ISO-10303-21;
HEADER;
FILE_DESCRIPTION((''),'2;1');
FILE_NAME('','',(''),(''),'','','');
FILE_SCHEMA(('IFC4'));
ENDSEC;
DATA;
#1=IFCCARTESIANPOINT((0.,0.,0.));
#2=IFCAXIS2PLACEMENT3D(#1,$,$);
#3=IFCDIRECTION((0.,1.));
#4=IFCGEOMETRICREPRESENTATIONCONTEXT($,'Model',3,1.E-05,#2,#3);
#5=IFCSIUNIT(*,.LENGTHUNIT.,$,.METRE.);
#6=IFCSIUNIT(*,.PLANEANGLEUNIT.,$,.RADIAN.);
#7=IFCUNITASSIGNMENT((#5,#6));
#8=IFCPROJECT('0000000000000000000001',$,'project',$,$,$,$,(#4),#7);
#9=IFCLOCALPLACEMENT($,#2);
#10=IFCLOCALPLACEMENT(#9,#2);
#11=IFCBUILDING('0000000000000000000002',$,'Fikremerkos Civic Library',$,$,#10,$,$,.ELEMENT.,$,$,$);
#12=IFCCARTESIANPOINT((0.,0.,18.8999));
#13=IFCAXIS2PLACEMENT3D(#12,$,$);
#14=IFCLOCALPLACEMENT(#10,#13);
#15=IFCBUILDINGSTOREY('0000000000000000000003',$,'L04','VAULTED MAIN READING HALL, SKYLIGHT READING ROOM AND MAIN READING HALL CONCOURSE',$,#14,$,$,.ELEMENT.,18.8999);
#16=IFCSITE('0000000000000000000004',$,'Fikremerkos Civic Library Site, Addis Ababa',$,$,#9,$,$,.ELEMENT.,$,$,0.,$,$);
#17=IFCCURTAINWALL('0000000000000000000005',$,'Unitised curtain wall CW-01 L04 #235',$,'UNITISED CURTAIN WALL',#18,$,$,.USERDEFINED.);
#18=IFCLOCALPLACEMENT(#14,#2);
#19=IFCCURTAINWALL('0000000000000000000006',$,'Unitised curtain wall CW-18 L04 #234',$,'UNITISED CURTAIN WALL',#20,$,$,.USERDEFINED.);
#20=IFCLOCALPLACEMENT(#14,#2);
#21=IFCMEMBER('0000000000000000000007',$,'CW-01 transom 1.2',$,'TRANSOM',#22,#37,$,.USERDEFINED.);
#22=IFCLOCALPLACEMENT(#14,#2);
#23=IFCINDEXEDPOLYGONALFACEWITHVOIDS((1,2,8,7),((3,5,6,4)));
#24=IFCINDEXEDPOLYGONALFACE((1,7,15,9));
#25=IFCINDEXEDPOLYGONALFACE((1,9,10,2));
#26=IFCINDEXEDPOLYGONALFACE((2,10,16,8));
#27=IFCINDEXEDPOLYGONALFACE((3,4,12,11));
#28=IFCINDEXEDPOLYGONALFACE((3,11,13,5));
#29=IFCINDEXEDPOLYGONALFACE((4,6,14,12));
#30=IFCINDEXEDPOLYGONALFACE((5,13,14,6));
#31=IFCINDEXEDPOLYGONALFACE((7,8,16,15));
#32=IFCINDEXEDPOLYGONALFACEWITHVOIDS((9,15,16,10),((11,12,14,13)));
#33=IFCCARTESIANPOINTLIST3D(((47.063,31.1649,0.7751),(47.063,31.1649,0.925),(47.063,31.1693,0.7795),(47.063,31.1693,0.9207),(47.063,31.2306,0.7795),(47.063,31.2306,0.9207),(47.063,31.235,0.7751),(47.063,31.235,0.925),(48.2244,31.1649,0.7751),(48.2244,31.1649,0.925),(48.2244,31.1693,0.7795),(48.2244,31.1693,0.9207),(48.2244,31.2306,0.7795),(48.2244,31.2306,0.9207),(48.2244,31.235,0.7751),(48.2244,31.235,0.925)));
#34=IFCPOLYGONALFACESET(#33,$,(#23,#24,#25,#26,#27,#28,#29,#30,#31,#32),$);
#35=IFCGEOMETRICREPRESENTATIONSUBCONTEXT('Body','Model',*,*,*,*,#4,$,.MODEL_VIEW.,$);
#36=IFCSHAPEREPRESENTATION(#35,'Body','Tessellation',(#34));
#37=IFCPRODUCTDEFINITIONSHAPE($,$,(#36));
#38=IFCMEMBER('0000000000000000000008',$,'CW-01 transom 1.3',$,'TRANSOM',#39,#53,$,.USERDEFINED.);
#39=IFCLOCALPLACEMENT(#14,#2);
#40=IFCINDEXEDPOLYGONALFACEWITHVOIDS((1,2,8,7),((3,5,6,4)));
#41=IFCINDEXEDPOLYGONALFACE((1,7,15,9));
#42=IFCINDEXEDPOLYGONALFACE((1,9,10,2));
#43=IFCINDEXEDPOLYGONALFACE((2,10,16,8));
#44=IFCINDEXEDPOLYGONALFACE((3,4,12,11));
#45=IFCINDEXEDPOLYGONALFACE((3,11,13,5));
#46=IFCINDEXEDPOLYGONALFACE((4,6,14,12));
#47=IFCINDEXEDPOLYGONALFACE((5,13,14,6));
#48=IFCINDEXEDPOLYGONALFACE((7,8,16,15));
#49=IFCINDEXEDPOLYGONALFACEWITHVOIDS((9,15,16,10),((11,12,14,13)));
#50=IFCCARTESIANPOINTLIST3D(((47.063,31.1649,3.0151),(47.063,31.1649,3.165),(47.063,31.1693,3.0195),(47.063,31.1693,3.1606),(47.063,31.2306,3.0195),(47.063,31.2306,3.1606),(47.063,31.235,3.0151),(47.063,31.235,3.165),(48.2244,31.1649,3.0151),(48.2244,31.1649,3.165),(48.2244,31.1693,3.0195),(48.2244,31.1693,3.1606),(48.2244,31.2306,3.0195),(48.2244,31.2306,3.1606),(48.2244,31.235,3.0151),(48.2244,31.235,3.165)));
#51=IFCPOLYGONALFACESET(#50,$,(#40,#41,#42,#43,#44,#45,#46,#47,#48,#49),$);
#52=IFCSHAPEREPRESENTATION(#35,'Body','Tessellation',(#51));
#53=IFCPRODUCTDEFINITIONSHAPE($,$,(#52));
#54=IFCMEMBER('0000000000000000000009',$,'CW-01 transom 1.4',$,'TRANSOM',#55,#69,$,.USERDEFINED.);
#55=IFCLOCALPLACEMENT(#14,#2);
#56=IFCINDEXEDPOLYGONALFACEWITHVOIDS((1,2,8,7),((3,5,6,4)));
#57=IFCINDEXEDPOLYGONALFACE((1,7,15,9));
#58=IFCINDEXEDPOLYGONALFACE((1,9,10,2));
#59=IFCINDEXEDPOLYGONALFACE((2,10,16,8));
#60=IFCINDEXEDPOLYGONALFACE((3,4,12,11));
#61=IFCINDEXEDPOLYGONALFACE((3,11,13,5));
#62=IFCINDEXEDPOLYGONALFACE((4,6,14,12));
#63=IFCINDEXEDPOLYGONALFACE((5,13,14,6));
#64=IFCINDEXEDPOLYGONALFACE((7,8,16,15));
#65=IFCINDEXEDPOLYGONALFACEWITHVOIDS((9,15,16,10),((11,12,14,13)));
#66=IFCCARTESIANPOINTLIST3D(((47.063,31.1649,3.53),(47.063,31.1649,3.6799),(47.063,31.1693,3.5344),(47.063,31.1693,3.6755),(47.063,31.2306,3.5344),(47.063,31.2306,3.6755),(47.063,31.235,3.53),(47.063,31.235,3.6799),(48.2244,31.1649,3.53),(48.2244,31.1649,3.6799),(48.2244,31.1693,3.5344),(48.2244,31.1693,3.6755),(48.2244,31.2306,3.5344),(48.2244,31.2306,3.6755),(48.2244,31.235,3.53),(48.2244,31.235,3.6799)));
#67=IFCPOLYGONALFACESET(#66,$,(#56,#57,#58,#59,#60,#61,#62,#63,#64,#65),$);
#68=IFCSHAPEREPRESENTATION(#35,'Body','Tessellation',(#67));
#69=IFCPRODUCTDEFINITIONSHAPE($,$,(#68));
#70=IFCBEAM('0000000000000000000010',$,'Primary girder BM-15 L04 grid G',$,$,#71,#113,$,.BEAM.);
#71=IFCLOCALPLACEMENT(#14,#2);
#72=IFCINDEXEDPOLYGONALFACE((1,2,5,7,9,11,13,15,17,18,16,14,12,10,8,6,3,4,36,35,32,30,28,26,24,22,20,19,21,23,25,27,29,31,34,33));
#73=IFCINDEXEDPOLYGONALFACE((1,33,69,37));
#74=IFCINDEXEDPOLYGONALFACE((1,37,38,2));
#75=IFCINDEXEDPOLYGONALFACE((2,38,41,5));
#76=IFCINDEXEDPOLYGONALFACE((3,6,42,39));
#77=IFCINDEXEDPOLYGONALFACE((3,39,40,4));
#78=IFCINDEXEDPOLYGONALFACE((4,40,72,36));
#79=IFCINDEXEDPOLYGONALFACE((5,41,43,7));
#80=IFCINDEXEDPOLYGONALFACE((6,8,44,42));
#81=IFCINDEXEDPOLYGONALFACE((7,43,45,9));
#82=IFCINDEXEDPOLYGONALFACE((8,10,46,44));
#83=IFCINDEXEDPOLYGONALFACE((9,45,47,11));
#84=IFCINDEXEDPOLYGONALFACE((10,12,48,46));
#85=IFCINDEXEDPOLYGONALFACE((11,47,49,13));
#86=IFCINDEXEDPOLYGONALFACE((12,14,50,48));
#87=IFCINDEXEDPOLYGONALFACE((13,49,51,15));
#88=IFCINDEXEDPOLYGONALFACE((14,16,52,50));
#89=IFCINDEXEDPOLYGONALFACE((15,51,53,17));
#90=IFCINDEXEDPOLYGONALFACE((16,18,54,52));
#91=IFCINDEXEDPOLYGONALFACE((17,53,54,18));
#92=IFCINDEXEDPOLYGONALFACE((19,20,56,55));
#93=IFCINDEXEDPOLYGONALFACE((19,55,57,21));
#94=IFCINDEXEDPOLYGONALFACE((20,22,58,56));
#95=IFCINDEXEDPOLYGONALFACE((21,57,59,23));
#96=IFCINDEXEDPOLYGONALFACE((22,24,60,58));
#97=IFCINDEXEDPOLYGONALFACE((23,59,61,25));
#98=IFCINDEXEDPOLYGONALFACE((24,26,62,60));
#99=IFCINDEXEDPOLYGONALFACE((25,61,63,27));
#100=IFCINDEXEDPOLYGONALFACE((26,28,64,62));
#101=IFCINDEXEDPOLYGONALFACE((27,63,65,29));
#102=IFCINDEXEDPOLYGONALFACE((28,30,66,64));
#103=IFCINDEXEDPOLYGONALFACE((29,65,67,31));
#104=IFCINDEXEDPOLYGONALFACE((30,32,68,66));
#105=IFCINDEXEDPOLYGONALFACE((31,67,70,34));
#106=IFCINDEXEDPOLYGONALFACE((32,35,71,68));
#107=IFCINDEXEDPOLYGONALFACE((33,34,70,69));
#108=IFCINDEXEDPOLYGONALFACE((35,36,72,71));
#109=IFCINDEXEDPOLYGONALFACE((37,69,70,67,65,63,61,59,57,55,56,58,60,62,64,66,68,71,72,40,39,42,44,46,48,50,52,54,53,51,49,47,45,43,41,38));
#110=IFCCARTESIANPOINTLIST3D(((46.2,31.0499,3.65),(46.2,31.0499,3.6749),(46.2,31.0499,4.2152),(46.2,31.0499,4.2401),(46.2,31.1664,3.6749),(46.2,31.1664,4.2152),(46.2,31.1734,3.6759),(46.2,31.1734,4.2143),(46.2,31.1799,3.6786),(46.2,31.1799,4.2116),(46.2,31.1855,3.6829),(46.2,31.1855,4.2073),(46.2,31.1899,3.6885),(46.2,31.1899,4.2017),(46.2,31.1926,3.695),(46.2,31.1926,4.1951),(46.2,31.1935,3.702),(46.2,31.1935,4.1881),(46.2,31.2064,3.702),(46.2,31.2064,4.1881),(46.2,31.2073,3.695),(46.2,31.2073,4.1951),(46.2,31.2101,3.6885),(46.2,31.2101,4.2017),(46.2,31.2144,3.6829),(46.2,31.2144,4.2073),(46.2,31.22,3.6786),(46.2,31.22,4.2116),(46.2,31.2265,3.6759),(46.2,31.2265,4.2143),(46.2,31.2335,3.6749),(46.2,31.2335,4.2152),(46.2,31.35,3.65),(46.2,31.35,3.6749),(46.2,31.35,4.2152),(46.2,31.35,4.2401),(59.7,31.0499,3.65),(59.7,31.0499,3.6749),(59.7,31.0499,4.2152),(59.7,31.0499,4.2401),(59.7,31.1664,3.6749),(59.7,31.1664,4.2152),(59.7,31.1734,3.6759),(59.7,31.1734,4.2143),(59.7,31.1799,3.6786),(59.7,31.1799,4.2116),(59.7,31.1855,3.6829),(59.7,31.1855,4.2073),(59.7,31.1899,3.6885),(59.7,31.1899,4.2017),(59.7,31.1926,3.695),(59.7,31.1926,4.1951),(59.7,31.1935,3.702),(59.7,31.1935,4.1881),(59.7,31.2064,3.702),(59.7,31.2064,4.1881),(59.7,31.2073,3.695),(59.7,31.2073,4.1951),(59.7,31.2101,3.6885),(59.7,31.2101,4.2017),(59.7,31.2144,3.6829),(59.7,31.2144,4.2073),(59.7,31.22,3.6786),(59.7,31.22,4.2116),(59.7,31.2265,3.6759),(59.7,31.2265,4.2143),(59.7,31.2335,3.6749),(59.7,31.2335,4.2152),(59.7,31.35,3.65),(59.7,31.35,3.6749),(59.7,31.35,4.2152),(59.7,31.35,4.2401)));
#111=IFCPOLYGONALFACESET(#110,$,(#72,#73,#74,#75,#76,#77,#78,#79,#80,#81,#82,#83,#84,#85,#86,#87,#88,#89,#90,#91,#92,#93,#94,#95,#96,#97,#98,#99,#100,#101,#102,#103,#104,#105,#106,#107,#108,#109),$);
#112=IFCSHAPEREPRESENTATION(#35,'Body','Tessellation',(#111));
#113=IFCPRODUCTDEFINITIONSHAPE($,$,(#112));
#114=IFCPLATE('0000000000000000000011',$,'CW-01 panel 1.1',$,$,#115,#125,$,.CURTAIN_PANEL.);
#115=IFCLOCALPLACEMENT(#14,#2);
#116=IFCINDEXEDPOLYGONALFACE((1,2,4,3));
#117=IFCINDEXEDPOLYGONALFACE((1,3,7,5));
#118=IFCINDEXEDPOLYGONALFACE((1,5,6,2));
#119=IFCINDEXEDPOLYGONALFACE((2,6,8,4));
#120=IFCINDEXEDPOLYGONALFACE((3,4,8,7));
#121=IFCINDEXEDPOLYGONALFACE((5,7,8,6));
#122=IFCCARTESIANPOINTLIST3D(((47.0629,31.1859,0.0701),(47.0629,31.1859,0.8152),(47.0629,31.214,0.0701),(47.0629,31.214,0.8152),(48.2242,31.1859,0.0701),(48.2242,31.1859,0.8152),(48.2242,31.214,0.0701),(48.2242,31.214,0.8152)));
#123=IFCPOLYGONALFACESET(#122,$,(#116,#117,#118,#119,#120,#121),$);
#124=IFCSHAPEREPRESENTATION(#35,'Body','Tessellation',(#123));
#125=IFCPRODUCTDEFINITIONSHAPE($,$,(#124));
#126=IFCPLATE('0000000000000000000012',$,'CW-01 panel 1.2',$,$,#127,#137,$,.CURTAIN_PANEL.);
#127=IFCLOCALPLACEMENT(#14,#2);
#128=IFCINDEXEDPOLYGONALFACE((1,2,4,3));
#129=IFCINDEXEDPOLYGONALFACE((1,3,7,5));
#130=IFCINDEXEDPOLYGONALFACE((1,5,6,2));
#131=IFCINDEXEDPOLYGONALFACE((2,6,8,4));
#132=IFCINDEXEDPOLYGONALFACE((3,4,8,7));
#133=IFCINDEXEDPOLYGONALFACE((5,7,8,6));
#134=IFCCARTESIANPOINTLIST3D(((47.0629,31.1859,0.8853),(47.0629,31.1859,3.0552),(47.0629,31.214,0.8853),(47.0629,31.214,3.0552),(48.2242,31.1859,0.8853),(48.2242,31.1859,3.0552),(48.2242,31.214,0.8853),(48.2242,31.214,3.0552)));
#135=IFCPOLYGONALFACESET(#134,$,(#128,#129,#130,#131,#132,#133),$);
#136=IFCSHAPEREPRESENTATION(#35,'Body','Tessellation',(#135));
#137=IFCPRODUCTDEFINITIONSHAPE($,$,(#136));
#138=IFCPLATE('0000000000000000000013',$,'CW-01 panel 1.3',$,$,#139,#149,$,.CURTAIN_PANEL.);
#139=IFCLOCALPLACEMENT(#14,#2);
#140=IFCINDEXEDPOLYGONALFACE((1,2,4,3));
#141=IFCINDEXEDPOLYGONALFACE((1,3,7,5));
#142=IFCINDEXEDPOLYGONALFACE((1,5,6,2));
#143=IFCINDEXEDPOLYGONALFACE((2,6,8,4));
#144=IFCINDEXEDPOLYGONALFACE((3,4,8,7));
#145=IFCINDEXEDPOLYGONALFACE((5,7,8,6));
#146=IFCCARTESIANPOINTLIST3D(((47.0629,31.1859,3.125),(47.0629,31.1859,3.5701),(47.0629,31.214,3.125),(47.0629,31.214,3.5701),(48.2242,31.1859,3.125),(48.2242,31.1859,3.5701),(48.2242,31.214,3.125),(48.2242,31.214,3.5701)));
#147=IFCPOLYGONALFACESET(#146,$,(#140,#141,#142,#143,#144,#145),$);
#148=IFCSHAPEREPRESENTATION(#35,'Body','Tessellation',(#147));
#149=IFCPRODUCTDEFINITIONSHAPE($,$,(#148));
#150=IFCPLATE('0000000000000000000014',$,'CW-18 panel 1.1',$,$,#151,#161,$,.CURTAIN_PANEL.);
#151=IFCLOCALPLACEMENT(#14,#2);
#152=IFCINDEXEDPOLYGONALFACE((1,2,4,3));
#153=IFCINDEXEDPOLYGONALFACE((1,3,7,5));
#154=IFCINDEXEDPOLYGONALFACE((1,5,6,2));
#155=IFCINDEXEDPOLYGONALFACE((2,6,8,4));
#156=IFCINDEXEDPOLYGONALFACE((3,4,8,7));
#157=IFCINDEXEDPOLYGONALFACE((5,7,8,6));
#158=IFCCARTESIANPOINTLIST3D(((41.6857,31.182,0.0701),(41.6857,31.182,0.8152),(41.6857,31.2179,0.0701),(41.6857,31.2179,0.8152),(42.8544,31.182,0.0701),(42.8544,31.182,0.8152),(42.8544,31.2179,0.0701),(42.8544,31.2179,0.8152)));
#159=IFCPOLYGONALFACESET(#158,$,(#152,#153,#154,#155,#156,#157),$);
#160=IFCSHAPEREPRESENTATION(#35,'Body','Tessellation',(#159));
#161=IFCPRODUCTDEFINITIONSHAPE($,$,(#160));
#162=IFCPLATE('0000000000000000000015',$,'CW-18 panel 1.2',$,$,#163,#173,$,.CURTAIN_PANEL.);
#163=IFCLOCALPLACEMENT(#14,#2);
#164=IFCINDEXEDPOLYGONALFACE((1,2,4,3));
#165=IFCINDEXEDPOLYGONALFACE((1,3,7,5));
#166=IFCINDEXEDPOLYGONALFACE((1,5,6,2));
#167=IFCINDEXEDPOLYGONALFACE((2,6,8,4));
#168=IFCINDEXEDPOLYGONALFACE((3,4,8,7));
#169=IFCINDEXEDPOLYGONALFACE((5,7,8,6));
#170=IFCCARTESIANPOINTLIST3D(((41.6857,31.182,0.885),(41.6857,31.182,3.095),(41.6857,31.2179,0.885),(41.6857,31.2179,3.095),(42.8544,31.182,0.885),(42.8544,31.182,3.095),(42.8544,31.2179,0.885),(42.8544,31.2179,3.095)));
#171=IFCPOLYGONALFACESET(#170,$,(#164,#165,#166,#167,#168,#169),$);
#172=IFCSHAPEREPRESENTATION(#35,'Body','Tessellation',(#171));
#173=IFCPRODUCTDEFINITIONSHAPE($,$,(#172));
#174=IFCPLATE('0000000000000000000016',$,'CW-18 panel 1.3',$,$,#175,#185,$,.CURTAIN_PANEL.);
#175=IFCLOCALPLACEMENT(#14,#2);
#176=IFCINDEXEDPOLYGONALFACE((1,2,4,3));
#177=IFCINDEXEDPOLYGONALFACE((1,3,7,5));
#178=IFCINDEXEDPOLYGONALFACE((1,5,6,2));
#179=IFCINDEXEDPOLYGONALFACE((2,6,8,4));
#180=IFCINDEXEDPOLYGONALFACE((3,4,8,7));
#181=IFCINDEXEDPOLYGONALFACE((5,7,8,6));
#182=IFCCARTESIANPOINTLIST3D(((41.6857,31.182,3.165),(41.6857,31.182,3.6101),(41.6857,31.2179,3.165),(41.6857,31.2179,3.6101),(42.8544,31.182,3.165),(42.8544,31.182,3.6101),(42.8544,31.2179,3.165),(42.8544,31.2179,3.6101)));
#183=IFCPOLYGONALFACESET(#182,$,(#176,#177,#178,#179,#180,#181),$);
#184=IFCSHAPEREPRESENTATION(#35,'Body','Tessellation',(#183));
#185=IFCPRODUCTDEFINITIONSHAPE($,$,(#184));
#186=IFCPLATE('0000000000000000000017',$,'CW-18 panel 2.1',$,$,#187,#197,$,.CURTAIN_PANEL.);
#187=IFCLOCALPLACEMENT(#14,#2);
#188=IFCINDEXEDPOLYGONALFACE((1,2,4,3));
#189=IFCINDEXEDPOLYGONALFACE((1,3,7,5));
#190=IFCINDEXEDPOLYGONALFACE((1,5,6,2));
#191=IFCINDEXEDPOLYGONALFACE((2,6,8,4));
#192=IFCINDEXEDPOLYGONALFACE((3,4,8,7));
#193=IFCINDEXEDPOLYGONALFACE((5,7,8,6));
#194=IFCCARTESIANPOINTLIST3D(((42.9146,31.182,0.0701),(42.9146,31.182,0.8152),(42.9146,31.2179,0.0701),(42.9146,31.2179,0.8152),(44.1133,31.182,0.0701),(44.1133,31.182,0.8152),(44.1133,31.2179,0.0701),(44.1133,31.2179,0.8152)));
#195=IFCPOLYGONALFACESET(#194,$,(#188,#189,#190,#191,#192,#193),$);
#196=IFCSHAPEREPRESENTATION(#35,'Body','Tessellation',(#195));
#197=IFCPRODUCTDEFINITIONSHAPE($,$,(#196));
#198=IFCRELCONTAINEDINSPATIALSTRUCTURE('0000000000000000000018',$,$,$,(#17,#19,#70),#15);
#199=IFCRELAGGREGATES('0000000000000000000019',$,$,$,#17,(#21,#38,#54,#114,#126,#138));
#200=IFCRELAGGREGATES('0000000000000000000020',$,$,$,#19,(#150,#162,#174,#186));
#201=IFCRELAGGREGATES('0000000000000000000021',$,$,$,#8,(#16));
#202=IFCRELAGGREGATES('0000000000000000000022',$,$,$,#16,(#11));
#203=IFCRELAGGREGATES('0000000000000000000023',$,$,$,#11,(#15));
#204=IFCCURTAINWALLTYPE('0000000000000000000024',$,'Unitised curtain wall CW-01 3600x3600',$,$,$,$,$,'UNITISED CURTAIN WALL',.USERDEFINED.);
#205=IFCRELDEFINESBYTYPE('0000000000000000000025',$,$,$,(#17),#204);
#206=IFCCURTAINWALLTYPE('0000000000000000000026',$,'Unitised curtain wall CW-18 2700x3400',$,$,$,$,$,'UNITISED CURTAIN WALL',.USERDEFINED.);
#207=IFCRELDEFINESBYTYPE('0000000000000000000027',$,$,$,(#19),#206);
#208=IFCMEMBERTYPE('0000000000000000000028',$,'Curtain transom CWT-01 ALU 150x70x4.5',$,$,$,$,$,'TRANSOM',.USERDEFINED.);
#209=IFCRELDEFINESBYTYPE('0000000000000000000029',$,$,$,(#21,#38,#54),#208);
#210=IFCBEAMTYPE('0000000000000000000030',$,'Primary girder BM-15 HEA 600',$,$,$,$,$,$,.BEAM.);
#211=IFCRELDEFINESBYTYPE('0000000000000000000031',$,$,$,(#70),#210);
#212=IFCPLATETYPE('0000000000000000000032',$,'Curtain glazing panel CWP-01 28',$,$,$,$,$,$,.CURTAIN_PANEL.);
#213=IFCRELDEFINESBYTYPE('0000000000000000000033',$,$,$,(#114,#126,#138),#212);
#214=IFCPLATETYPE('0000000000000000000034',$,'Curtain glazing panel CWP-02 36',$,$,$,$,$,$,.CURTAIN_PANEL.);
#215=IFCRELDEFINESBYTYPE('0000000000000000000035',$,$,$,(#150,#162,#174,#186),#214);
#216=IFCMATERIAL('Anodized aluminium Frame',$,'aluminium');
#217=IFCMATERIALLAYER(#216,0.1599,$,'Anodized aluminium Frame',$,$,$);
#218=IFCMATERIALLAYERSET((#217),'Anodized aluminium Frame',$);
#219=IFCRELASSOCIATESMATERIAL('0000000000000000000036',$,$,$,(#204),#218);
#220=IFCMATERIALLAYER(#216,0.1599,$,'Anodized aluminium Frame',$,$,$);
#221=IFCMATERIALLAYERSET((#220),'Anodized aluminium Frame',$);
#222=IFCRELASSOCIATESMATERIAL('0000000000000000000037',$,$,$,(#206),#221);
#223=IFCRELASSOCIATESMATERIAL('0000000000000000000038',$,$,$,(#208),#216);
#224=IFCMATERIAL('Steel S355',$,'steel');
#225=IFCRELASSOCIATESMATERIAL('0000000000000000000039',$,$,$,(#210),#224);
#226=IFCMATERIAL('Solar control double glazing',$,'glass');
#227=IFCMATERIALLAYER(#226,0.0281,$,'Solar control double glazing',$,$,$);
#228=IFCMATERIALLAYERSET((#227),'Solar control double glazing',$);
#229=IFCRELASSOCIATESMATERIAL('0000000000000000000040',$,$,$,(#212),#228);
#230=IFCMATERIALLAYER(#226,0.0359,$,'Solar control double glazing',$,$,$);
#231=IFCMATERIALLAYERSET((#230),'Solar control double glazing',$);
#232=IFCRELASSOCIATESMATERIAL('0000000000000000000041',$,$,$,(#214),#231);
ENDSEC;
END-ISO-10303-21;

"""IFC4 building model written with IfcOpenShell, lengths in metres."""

from ifc_helpers import new_model, si_unit, direction, frame, origin, origin_2d, place, context, subcontext, project, spatial, rectangle, hollow_rectangle, i_section, extrude, material, layer, layer_set, material_profile, profile_set, type_object, element, aggregate, save


model = new_model("IFC4")

# Units and contexts
model_context = context("Model", 3, precision=1e-05, world=origin(), true_north=direction((0.0, 1.0)))
body_context = subcontext(model_context, "Body", "Model", "MODEL_VIEW")
ifc_project = project(units=[si_unit("LENGTHUNIT", "METRE"), si_unit("PLANEANGLEUNIT", "RADIAN")], contexts=[model_context])

# Site, building, storey
site_placement = place(None, origin())
site = spatial("IfcSite", under=ifc_project, at=site_placement, Name="Fikremerkos Civic Library Site, Addis Ababa", CompositionType="ELEMENT", RefElevation=0.0)
building_placement = place(site_placement, origin())
building = spatial("IfcBuilding", under=site, at=building_placement, Name="Fikremerkos Civic Library", CompositionType="ELEMENT")
storey_placement = place(building_placement, frame((0.0, 0.0, 18.8999)))
storey = spatial("IfcBuildingStorey", under=building, at=storey_placement, Name="L04", Description="VAULTED MAIN READING HALL, SKYLIGHT READING ROOM AND MAIN READING HALL CONCOURSE", CompositionType="ELEMENT", Elevation=18.8999)

# Curtain walls
ifc_material_1 = material(Name="Anodized aluminium Frame", Category="aluminium")
ifc_layer_1 = layer(ifc_material_1, 0.1599, Name="Anodized aluminium Frame")
ifc_layer_set_1 = layer_set([ifc_layer_1], Name="Anodized aluminium Frame")
curtain_wall_type_1 = type_object("IfcCurtainWallType", Name="Unitised curtain wall CW-01 3600x3600", ElementType="UNITISED CURTAIN WALL", PredefinedType="USERDEFINED", material=ifc_layer_set_1)
curtain_wall_1_placement = place(storey_placement, origin())
curtain_wall_1 = element("IfcCurtainWall", 1, at=curtain_wall_1_placement, inside=storey, type_object=curtain_wall_type_1, Name="Unitised curtain wall CW-01 L04 #235", ObjectType="UNITISED CURTAIN WALL", PredefinedType="USERDEFINED")
ifc_layer_2 = layer(ifc_material_1, 0.1599, Name="Anodized aluminium Frame")
ifc_layer_set_2 = layer_set([ifc_layer_2], Name="Anodized aluminium Frame")
curtain_wall_type_2 = type_object("IfcCurtainWallType", Name="Unitised curtain wall CW-18 2700x3400", ElementType="UNITISED CURTAIN WALL", PredefinedType="USERDEFINED", material=ifc_layer_set_2)
curtain_wall_2_placement = place(storey_placement, origin())
curtain_wall_2 = element("IfcCurtainWall", 2, at=curtain_wall_2_placement, inside=storey, type_object=curtain_wall_type_2, Name="Unitised curtain wall CW-18 L04 #234", ObjectType="UNITISED CURTAIN WALL", PredefinedType="USERDEFINED")
ifc_material_profile_1 = material_profile(ifc_material_1, hollow_rectangle(XDim=0.0701, YDim=0.1499, WallThickness=0.0044, at=origin_2d()), Name="ALU 150x70x4.5")
ifc_profile_set_1 = profile_set([ifc_material_profile_1], Name="Anodized aluminium Frame")
member_type_1 = type_object("IfcMemberType", Name="Curtain transom CWT-01 ALU 150x70x4.5", ElementType="TRANSOM", PredefinedType="USERDEFINED", material=ifc_profile_set_1)

# Members
member_1_placement = place(storey_placement, frame((47.063, 31.2, 0.8501), z_axis=(1.0, 0.0, 0.0), x_axis=(0.0, 1.0, 0.0)))
member_1 = element("IfcMember", 3, at=member_1_placement, type_object=member_type_1, Name="CW-01 transom 1.2", ObjectType="TRANSOM", PredefinedType="USERDEFINED", context=body_context, shape_type="SweptSolid", body=[
    extrude(hollow_rectangle(XDim=0.0701, YDim=0.1499, WallThickness=0.0044, at=origin_2d()), origin(), (0.0, 0.0, 1.0), 1.1614),
])
member_2_placement = place(storey_placement, frame((47.063, 31.2, 3.0901), z_axis=(1.0, 0.0, 0.0), x_axis=(0.0, 1.0, 0.0)))
member_2 = element("IfcMember", 4, at=member_2_placement, type_object=member_type_1, Name="CW-01 transom 1.3", ObjectType="TRANSOM", PredefinedType="USERDEFINED", context=body_context, shape_type="SweptSolid", body=[
    extrude(hollow_rectangle(XDim=0.0701, YDim=0.1499, WallThickness=0.0044, at=origin_2d()), origin(), (0.0, 0.0, 1.0), 1.1614),
])
member_3_placement = place(storey_placement, frame((47.063, 31.2, 3.605), z_axis=(1.0, 0.0, 0.0), x_axis=(0.0, 1.0, 0.0)))
member_3 = element("IfcMember", 5, at=member_3_placement, type_object=member_type_1, Name="CW-01 transom 1.4", ObjectType="TRANSOM", PredefinedType="USERDEFINED", context=body_context, shape_type="SweptSolid", body=[
    extrude(hollow_rectangle(XDim=0.0701, YDim=0.1499, WallThickness=0.0044, at=origin_2d()), origin(), (0.0, 0.0, 1.0), 1.1614),
])

# Beam
ifc_material_2 = material(Name="Steel S355", Category="steel")
ifc_material_profile_2 = material_profile(ifc_material_2, i_section(OverallWidth=0.3, OverallDepth=0.5901, WebThickness=0.0129, FlangeThickness=0.0249, FilletRadius=0.0271, at=origin_2d()), Name="HEA 600")
ifc_profile_set_2 = profile_set([ifc_material_profile_2], Name="Steel S355")
beam_type = type_object("IfcBeamType", Name="Primary girder BM-15 HEA 600", PredefinedType="BEAM", material=ifc_profile_set_2)
beam_placement = place(storey_placement, frame((46.2, 31.2, 3.9451), z_axis=(1.0, 0.0, 0.0), x_axis=(0.0, 1.0, 0.0)))
element("IfcBeam", 6, at=beam_placement, inside=storey, type_object=beam_type, Name="Primary girder BM-15 L04 grid G", PredefinedType="BEAM", context=body_context, shape_type="SweptSolid", body=[
    extrude(i_section(OverallWidth=0.3, OverallDepth=0.5901, WebThickness=0.0129, FlangeThickness=0.0249, FilletRadius=0.0271, at=origin_2d()), origin(), (0.0, 0.0, 1.0), 13.5),
])

# Plates
ifc_material_3 = material(Name="Solar control double glazing", Category="glass")
ifc_layer_3 = layer(ifc_material_3, 0.0281, Name="Solar control double glazing")
ifc_layer_set_3 = layer_set([ifc_layer_3], Name="Solar control double glazing")
plate_type_1 = type_object("IfcPlateType", Name="Curtain glazing panel CWP-01 28", PredefinedType="CURTAIN_PANEL", material=ifc_layer_set_3)
plate_1_placement = place(storey_placement, frame((47.6436, 31.2, 0.0701), z_axis=(0.0, 0.0, 1.0), x_axis=(1.0, 0.0, 0.0)))
plate_1 = element("IfcPlate", 7, at=plate_1_placement, type_object=plate_type_1, Name="CW-01 panel 1.1", PredefinedType="CURTAIN_PANEL", context=body_context, shape_type="SweptSolid", body=[
    extrude(rectangle(XDim=1.1614, YDim=0.0281, at=origin_2d()), origin(), (0.0, 0.0, 1.0), 0.7451),
])
plate_2_placement = place(storey_placement, frame((47.6436, 31.2, 0.8853), z_axis=(0.0, 0.0, 1.0), x_axis=(1.0, 0.0, 0.0)))
plate_2 = element("IfcPlate", 8, at=plate_2_placement, type_object=plate_type_1, Name="CW-01 panel 1.2", PredefinedType="CURTAIN_PANEL", context=body_context, shape_type="SweptSolid", body=[
    extrude(rectangle(XDim=1.1614, YDim=0.0281, at=origin_2d()), origin(), (0.0, 0.0, 1.0), 2.1699),
])
plate_3_placement = place(storey_placement, frame((47.6436, 31.2, 3.125), z_axis=(0.0, 0.0, 1.0), x_axis=(1.0, 0.0, 0.0)))
plate_3 = element("IfcPlate", 9, at=plate_3_placement, type_object=plate_type_1, Name="CW-01 panel 1.3", PredefinedType="CURTAIN_PANEL", context=body_context, shape_type="SweptSolid", body=[
    extrude(rectangle(XDim=1.1614, YDim=0.0281, at=origin_2d()), origin(), (0.0, 0.0, 1.0), 0.4451),
])
aggregate(curtain_wall_1, [member_1, member_2, member_3, plate_1, plate_2, plate_3])
ifc_layer_4 = layer(ifc_material_3, 0.0359, Name="Solar control double glazing")
ifc_layer_set_4 = layer_set([ifc_layer_4], Name="Solar control double glazing")
plate_type_2 = type_object("IfcPlateType", Name="Curtain glazing panel CWP-02 36", PredefinedType="CURTAIN_PANEL", material=ifc_layer_set_4)
plate_4_placement = place(storey_placement, frame((42.27, 31.2, 0.0701), z_axis=(0.0, 0.0, 1.0), x_axis=(1.0, 0.0, 0.0)))
plate_4 = element("IfcPlate", 10, at=plate_4_placement, type_object=plate_type_2, Name="CW-18 panel 1.1", PredefinedType="CURTAIN_PANEL", context=body_context, shape_type="SweptSolid", body=[
    extrude(rectangle(XDim=1.1687, YDim=0.0359, at=origin_2d()), origin(), (0.0, 0.0, 1.0), 0.7451),
])
plate_5_placement = place(storey_placement, frame((42.27, 31.2, 0.885), z_axis=(0.0, 0.0, 1.0), x_axis=(1.0, 0.0, 0.0)))
plate_5 = element("IfcPlate", 11, at=plate_5_placement, type_object=plate_type_2, Name="CW-18 panel 1.2", PredefinedType="CURTAIN_PANEL", context=body_context, shape_type="SweptSolid", body=[
    extrude(rectangle(XDim=1.1687, YDim=0.0359, at=origin_2d()), origin(), (0.0, 0.0, 1.0), 2.21),
])
plate_6_placement = place(storey_placement, frame((42.27, 31.2, 3.165), z_axis=(0.0, 0.0, 1.0), x_axis=(1.0, 0.0, 0.0)))
plate_6 = element("IfcPlate", 12, at=plate_6_placement, type_object=plate_type_2, Name="CW-18 panel 1.3", PredefinedType="CURTAIN_PANEL", context=body_context, shape_type="SweptSolid", body=[
    extrude(rectangle(XDim=1.1687, YDim=0.0359, at=origin_2d()), origin(), (0.0, 0.0, 1.0), 0.4451),
])
plate_7_placement = place(storey_placement, frame((43.5139, 31.2, 0.0701), z_axis=(0.0, 0.0, 1.0), x_axis=(1.0, 0.0, 0.0)))
plate_7 = element("IfcPlate", 13, at=plate_7_placement, type_object=plate_type_2, Name="CW-18 panel 2.1", PredefinedType="CURTAIN_PANEL", context=body_context, shape_type="SweptSolid", body=[
    extrude(rectangle(XDim=1.1987, YDim=0.0359, at=origin_2d()), origin(), (0.0, 0.0, 1.0), 0.7451),
])
aggregate(curtain_wall_2, [plate_4, plate_5, plate_6, plate_7])

save(model, "model.ifc")
